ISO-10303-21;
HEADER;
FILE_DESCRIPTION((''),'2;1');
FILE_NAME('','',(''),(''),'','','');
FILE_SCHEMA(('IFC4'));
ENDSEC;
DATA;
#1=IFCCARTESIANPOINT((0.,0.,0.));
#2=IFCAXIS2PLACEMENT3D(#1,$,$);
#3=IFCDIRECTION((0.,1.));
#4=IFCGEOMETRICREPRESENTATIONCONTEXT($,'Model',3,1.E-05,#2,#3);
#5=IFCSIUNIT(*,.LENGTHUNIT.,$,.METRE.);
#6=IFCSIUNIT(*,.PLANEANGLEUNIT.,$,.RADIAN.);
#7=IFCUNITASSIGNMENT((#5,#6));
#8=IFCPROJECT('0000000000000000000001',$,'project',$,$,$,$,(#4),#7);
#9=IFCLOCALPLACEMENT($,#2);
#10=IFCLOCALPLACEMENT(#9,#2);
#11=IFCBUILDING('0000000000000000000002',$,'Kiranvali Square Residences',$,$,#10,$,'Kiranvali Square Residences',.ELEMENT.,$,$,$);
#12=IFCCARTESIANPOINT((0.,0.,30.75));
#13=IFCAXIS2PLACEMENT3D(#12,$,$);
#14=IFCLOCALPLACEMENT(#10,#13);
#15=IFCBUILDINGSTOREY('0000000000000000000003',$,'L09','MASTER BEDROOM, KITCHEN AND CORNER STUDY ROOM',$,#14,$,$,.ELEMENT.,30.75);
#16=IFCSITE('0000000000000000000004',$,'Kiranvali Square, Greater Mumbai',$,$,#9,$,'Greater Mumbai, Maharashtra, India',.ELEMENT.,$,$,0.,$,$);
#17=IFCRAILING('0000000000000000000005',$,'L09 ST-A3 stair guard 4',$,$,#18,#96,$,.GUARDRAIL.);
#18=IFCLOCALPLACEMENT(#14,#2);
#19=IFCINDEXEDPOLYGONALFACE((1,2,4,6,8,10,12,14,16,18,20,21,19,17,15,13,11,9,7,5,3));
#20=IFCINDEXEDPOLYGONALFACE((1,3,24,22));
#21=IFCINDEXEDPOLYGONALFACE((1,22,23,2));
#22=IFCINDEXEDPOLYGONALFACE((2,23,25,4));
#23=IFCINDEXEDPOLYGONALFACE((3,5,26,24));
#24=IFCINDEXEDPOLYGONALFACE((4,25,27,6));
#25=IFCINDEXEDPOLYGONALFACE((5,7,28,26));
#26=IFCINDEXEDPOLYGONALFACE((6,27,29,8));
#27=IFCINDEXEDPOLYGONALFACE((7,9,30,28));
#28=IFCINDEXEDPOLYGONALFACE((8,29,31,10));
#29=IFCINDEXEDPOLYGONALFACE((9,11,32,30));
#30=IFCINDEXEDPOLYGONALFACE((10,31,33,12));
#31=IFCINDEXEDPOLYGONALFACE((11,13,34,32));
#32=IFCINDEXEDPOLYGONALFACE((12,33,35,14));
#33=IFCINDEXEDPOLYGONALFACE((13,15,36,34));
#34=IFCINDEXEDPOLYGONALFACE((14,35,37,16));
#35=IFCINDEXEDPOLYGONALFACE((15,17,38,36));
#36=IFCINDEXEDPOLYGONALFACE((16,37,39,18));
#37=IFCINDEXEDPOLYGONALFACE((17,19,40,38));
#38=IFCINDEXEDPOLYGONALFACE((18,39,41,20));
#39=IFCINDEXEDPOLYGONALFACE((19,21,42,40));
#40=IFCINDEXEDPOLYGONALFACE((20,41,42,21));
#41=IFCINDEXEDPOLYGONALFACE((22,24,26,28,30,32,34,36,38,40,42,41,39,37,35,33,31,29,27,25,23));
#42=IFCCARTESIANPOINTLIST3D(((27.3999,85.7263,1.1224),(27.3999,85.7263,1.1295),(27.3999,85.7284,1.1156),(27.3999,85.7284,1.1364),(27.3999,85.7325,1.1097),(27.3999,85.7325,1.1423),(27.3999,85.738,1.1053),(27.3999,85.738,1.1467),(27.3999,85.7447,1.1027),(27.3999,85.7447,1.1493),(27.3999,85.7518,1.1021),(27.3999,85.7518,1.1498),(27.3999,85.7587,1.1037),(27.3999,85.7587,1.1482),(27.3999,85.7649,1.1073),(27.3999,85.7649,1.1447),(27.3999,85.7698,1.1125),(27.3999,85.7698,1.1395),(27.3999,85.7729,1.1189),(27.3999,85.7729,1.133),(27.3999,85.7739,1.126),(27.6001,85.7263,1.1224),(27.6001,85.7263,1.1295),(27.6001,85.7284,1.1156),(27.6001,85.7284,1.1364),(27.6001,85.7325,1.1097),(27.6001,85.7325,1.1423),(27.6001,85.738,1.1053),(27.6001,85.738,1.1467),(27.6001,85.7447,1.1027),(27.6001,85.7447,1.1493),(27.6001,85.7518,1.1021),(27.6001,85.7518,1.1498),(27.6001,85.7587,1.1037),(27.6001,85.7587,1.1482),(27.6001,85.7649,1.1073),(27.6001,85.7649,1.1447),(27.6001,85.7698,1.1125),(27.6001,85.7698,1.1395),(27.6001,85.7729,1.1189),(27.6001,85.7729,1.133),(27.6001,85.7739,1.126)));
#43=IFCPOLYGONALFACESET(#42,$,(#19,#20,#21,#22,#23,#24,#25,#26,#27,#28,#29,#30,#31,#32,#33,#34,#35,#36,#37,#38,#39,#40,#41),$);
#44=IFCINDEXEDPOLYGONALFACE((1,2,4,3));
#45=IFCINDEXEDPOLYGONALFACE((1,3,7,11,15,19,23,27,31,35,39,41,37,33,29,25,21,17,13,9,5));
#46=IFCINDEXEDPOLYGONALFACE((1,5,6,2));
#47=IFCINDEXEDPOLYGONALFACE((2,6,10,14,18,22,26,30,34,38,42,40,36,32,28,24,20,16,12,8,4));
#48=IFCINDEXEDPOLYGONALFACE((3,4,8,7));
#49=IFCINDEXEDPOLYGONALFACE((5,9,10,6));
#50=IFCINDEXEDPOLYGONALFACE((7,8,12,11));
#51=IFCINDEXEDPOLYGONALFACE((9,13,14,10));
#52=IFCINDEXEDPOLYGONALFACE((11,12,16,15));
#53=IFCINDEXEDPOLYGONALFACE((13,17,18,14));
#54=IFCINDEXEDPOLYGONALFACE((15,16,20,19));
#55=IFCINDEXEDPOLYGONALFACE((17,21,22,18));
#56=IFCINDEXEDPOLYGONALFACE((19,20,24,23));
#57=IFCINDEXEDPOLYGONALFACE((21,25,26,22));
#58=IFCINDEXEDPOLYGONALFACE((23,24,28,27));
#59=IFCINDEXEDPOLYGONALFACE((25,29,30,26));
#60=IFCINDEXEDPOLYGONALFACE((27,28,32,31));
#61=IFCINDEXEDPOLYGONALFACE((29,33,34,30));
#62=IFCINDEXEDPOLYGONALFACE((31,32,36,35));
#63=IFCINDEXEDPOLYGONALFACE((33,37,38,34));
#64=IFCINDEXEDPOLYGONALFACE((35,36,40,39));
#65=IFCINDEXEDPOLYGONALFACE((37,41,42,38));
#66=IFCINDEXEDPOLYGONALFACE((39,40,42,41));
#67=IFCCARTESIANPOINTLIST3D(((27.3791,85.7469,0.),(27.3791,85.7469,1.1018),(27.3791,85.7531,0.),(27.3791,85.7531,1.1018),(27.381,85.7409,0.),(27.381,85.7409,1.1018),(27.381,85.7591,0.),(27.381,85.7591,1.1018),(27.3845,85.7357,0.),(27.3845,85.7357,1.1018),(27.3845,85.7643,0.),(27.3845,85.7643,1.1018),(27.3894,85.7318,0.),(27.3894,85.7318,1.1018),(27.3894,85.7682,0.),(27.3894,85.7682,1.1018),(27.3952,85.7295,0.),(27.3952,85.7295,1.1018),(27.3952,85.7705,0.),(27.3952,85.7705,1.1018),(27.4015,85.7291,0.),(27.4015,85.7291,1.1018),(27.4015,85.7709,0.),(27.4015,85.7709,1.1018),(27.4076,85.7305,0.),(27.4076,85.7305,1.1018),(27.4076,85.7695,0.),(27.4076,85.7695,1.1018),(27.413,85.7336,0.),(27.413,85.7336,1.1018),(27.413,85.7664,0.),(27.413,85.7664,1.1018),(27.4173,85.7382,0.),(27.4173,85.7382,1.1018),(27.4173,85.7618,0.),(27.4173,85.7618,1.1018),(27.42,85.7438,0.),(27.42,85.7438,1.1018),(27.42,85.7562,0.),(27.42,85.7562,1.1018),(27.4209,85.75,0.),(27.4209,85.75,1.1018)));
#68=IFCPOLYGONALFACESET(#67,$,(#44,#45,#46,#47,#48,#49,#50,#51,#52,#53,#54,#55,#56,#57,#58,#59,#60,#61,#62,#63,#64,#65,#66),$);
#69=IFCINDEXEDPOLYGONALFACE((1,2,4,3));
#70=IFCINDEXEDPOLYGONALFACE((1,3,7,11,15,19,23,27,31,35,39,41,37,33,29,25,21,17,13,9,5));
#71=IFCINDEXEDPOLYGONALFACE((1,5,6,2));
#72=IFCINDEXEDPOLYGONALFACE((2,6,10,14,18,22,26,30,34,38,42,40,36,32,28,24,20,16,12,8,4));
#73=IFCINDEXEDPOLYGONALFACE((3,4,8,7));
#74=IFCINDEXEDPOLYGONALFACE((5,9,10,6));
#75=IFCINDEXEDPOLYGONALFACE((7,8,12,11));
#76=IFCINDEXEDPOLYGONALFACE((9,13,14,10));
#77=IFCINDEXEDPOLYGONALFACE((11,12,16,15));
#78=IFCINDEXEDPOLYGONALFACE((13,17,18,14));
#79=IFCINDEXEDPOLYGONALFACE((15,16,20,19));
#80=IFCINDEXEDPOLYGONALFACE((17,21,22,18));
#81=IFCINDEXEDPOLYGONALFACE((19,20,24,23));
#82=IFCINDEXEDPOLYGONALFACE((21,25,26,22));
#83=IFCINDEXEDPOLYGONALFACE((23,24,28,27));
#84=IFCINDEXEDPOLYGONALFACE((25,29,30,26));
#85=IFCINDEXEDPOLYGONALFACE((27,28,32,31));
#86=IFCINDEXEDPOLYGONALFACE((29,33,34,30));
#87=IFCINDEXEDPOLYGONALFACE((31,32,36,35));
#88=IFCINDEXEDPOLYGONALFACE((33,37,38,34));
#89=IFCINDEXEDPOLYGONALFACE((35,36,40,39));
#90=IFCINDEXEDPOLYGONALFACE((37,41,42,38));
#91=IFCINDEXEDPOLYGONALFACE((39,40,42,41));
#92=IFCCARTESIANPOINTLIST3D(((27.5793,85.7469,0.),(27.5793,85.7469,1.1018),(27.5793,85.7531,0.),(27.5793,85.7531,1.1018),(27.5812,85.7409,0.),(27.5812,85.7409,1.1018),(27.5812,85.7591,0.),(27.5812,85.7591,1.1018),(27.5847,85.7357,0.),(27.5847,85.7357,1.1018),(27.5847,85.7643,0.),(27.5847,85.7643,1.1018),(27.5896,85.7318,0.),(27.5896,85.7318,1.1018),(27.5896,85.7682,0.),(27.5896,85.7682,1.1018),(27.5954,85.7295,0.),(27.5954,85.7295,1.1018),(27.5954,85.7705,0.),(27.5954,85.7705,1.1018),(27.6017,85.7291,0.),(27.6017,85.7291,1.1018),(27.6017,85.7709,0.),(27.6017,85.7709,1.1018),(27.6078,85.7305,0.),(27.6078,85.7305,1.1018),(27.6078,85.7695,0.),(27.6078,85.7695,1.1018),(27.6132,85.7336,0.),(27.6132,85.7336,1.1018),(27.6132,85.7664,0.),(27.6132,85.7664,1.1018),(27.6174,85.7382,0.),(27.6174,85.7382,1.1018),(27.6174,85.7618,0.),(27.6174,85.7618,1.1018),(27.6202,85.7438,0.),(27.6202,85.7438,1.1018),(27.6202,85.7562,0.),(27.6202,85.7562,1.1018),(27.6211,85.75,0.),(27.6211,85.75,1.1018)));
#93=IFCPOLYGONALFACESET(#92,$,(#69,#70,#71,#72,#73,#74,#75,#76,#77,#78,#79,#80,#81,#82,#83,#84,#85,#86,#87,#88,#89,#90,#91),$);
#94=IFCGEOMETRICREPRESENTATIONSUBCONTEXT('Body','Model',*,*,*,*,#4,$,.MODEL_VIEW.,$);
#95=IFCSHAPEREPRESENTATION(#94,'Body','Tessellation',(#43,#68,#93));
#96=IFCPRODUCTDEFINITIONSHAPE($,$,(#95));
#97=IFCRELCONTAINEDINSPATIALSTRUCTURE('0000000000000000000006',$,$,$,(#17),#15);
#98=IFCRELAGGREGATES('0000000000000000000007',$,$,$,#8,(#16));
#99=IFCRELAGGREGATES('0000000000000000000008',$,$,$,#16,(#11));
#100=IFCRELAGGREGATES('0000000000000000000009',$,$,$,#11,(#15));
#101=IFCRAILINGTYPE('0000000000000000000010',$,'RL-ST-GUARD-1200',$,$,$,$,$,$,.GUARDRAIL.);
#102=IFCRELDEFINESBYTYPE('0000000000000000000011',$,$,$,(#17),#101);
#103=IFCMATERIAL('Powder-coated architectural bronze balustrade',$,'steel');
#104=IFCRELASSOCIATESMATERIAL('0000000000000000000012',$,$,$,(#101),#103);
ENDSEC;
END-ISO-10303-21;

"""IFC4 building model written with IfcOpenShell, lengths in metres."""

from ifc_helpers import new_model, si_unit, direction, frame, origin, origin_2d, place, context, subcontext, project, spatial, circle, extrude, material, type_object, element, save


model = new_model("IFC4")

# Units and contexts
model_context = context("Model", 3, precision=1e-05, world=origin(), true_north=direction((0.0, 1.0)))
body_context = subcontext(model_context, "Body", "Model", "MODEL_VIEW")
ifc_project = project(units=[si_unit("LENGTHUNIT", "METRE"), si_unit("PLANEANGLEUNIT", "RADIAN")], contexts=[model_context])

# Site, building, storey
site_placement = place(None, origin())
site = spatial("IfcSite", under=ifc_project, at=site_placement, Name="Kiranvali Square, Greater Mumbai", LongName="Greater Mumbai, Maharashtra, India", CompositionType="ELEMENT", RefElevation=0.0)
building_placement = place(site_placement, origin())
building = spatial("IfcBuilding", under=site, at=building_placement, Name="Kiranvali Square Residences", LongName="Kiranvali Square Residences", CompositionType="ELEMENT")
storey_placement = place(building_placement, frame((0.0, 0.0, 30.75)))
storey = spatial("IfcBuildingStorey", under=building, at=storey_placement, Name="L09", Description="MASTER BEDROOM, KITCHEN AND CORNER STUDY ROOM", CompositionType="ELEMENT", Elevation=30.75)

# Railing
ifc_material_1 = material(Name="Powder-coated architectural bronze balustrade", Category="steel")
railing_type_1 = type_object("IfcRailingType", Name="RL-ST-GUARD-1200", PredefinedType="GUARDRAIL", material=ifc_material_1)
railing_1_placement = place(storey_placement, frame((27.3999, 85.75, 0.0)))
element("IfcRailing", 1, at=railing_1_placement, inside=storey, type_object=railing_type_1, Name="L09 ST-A3 stair guard 4", PredefinedType="GUARDRAIL", context=body_context, shape_type="SweptSolid", body=[
    extrude(circle(Radius=0.0239, at=origin_2d()), frame((0.0, 0.0, 1.126), z_axis=(1.0, 0.0, 0.0), x_axis=(0.0, 1.0, 0.0)), (0.0, 0.0, 1.0), 0.2002),
    extrude(circle(Radius=0.021, at=origin_2d()), origin(), (0.0, 0.0, 1.0), 1.1018),
    extrude(circle(Radius=0.021, at=origin_2d()), frame((0.2002, 0.0, 0.0)), (0.0, 0.0, 1.0), 1.1018),
])

save(model, "model.ifc")
